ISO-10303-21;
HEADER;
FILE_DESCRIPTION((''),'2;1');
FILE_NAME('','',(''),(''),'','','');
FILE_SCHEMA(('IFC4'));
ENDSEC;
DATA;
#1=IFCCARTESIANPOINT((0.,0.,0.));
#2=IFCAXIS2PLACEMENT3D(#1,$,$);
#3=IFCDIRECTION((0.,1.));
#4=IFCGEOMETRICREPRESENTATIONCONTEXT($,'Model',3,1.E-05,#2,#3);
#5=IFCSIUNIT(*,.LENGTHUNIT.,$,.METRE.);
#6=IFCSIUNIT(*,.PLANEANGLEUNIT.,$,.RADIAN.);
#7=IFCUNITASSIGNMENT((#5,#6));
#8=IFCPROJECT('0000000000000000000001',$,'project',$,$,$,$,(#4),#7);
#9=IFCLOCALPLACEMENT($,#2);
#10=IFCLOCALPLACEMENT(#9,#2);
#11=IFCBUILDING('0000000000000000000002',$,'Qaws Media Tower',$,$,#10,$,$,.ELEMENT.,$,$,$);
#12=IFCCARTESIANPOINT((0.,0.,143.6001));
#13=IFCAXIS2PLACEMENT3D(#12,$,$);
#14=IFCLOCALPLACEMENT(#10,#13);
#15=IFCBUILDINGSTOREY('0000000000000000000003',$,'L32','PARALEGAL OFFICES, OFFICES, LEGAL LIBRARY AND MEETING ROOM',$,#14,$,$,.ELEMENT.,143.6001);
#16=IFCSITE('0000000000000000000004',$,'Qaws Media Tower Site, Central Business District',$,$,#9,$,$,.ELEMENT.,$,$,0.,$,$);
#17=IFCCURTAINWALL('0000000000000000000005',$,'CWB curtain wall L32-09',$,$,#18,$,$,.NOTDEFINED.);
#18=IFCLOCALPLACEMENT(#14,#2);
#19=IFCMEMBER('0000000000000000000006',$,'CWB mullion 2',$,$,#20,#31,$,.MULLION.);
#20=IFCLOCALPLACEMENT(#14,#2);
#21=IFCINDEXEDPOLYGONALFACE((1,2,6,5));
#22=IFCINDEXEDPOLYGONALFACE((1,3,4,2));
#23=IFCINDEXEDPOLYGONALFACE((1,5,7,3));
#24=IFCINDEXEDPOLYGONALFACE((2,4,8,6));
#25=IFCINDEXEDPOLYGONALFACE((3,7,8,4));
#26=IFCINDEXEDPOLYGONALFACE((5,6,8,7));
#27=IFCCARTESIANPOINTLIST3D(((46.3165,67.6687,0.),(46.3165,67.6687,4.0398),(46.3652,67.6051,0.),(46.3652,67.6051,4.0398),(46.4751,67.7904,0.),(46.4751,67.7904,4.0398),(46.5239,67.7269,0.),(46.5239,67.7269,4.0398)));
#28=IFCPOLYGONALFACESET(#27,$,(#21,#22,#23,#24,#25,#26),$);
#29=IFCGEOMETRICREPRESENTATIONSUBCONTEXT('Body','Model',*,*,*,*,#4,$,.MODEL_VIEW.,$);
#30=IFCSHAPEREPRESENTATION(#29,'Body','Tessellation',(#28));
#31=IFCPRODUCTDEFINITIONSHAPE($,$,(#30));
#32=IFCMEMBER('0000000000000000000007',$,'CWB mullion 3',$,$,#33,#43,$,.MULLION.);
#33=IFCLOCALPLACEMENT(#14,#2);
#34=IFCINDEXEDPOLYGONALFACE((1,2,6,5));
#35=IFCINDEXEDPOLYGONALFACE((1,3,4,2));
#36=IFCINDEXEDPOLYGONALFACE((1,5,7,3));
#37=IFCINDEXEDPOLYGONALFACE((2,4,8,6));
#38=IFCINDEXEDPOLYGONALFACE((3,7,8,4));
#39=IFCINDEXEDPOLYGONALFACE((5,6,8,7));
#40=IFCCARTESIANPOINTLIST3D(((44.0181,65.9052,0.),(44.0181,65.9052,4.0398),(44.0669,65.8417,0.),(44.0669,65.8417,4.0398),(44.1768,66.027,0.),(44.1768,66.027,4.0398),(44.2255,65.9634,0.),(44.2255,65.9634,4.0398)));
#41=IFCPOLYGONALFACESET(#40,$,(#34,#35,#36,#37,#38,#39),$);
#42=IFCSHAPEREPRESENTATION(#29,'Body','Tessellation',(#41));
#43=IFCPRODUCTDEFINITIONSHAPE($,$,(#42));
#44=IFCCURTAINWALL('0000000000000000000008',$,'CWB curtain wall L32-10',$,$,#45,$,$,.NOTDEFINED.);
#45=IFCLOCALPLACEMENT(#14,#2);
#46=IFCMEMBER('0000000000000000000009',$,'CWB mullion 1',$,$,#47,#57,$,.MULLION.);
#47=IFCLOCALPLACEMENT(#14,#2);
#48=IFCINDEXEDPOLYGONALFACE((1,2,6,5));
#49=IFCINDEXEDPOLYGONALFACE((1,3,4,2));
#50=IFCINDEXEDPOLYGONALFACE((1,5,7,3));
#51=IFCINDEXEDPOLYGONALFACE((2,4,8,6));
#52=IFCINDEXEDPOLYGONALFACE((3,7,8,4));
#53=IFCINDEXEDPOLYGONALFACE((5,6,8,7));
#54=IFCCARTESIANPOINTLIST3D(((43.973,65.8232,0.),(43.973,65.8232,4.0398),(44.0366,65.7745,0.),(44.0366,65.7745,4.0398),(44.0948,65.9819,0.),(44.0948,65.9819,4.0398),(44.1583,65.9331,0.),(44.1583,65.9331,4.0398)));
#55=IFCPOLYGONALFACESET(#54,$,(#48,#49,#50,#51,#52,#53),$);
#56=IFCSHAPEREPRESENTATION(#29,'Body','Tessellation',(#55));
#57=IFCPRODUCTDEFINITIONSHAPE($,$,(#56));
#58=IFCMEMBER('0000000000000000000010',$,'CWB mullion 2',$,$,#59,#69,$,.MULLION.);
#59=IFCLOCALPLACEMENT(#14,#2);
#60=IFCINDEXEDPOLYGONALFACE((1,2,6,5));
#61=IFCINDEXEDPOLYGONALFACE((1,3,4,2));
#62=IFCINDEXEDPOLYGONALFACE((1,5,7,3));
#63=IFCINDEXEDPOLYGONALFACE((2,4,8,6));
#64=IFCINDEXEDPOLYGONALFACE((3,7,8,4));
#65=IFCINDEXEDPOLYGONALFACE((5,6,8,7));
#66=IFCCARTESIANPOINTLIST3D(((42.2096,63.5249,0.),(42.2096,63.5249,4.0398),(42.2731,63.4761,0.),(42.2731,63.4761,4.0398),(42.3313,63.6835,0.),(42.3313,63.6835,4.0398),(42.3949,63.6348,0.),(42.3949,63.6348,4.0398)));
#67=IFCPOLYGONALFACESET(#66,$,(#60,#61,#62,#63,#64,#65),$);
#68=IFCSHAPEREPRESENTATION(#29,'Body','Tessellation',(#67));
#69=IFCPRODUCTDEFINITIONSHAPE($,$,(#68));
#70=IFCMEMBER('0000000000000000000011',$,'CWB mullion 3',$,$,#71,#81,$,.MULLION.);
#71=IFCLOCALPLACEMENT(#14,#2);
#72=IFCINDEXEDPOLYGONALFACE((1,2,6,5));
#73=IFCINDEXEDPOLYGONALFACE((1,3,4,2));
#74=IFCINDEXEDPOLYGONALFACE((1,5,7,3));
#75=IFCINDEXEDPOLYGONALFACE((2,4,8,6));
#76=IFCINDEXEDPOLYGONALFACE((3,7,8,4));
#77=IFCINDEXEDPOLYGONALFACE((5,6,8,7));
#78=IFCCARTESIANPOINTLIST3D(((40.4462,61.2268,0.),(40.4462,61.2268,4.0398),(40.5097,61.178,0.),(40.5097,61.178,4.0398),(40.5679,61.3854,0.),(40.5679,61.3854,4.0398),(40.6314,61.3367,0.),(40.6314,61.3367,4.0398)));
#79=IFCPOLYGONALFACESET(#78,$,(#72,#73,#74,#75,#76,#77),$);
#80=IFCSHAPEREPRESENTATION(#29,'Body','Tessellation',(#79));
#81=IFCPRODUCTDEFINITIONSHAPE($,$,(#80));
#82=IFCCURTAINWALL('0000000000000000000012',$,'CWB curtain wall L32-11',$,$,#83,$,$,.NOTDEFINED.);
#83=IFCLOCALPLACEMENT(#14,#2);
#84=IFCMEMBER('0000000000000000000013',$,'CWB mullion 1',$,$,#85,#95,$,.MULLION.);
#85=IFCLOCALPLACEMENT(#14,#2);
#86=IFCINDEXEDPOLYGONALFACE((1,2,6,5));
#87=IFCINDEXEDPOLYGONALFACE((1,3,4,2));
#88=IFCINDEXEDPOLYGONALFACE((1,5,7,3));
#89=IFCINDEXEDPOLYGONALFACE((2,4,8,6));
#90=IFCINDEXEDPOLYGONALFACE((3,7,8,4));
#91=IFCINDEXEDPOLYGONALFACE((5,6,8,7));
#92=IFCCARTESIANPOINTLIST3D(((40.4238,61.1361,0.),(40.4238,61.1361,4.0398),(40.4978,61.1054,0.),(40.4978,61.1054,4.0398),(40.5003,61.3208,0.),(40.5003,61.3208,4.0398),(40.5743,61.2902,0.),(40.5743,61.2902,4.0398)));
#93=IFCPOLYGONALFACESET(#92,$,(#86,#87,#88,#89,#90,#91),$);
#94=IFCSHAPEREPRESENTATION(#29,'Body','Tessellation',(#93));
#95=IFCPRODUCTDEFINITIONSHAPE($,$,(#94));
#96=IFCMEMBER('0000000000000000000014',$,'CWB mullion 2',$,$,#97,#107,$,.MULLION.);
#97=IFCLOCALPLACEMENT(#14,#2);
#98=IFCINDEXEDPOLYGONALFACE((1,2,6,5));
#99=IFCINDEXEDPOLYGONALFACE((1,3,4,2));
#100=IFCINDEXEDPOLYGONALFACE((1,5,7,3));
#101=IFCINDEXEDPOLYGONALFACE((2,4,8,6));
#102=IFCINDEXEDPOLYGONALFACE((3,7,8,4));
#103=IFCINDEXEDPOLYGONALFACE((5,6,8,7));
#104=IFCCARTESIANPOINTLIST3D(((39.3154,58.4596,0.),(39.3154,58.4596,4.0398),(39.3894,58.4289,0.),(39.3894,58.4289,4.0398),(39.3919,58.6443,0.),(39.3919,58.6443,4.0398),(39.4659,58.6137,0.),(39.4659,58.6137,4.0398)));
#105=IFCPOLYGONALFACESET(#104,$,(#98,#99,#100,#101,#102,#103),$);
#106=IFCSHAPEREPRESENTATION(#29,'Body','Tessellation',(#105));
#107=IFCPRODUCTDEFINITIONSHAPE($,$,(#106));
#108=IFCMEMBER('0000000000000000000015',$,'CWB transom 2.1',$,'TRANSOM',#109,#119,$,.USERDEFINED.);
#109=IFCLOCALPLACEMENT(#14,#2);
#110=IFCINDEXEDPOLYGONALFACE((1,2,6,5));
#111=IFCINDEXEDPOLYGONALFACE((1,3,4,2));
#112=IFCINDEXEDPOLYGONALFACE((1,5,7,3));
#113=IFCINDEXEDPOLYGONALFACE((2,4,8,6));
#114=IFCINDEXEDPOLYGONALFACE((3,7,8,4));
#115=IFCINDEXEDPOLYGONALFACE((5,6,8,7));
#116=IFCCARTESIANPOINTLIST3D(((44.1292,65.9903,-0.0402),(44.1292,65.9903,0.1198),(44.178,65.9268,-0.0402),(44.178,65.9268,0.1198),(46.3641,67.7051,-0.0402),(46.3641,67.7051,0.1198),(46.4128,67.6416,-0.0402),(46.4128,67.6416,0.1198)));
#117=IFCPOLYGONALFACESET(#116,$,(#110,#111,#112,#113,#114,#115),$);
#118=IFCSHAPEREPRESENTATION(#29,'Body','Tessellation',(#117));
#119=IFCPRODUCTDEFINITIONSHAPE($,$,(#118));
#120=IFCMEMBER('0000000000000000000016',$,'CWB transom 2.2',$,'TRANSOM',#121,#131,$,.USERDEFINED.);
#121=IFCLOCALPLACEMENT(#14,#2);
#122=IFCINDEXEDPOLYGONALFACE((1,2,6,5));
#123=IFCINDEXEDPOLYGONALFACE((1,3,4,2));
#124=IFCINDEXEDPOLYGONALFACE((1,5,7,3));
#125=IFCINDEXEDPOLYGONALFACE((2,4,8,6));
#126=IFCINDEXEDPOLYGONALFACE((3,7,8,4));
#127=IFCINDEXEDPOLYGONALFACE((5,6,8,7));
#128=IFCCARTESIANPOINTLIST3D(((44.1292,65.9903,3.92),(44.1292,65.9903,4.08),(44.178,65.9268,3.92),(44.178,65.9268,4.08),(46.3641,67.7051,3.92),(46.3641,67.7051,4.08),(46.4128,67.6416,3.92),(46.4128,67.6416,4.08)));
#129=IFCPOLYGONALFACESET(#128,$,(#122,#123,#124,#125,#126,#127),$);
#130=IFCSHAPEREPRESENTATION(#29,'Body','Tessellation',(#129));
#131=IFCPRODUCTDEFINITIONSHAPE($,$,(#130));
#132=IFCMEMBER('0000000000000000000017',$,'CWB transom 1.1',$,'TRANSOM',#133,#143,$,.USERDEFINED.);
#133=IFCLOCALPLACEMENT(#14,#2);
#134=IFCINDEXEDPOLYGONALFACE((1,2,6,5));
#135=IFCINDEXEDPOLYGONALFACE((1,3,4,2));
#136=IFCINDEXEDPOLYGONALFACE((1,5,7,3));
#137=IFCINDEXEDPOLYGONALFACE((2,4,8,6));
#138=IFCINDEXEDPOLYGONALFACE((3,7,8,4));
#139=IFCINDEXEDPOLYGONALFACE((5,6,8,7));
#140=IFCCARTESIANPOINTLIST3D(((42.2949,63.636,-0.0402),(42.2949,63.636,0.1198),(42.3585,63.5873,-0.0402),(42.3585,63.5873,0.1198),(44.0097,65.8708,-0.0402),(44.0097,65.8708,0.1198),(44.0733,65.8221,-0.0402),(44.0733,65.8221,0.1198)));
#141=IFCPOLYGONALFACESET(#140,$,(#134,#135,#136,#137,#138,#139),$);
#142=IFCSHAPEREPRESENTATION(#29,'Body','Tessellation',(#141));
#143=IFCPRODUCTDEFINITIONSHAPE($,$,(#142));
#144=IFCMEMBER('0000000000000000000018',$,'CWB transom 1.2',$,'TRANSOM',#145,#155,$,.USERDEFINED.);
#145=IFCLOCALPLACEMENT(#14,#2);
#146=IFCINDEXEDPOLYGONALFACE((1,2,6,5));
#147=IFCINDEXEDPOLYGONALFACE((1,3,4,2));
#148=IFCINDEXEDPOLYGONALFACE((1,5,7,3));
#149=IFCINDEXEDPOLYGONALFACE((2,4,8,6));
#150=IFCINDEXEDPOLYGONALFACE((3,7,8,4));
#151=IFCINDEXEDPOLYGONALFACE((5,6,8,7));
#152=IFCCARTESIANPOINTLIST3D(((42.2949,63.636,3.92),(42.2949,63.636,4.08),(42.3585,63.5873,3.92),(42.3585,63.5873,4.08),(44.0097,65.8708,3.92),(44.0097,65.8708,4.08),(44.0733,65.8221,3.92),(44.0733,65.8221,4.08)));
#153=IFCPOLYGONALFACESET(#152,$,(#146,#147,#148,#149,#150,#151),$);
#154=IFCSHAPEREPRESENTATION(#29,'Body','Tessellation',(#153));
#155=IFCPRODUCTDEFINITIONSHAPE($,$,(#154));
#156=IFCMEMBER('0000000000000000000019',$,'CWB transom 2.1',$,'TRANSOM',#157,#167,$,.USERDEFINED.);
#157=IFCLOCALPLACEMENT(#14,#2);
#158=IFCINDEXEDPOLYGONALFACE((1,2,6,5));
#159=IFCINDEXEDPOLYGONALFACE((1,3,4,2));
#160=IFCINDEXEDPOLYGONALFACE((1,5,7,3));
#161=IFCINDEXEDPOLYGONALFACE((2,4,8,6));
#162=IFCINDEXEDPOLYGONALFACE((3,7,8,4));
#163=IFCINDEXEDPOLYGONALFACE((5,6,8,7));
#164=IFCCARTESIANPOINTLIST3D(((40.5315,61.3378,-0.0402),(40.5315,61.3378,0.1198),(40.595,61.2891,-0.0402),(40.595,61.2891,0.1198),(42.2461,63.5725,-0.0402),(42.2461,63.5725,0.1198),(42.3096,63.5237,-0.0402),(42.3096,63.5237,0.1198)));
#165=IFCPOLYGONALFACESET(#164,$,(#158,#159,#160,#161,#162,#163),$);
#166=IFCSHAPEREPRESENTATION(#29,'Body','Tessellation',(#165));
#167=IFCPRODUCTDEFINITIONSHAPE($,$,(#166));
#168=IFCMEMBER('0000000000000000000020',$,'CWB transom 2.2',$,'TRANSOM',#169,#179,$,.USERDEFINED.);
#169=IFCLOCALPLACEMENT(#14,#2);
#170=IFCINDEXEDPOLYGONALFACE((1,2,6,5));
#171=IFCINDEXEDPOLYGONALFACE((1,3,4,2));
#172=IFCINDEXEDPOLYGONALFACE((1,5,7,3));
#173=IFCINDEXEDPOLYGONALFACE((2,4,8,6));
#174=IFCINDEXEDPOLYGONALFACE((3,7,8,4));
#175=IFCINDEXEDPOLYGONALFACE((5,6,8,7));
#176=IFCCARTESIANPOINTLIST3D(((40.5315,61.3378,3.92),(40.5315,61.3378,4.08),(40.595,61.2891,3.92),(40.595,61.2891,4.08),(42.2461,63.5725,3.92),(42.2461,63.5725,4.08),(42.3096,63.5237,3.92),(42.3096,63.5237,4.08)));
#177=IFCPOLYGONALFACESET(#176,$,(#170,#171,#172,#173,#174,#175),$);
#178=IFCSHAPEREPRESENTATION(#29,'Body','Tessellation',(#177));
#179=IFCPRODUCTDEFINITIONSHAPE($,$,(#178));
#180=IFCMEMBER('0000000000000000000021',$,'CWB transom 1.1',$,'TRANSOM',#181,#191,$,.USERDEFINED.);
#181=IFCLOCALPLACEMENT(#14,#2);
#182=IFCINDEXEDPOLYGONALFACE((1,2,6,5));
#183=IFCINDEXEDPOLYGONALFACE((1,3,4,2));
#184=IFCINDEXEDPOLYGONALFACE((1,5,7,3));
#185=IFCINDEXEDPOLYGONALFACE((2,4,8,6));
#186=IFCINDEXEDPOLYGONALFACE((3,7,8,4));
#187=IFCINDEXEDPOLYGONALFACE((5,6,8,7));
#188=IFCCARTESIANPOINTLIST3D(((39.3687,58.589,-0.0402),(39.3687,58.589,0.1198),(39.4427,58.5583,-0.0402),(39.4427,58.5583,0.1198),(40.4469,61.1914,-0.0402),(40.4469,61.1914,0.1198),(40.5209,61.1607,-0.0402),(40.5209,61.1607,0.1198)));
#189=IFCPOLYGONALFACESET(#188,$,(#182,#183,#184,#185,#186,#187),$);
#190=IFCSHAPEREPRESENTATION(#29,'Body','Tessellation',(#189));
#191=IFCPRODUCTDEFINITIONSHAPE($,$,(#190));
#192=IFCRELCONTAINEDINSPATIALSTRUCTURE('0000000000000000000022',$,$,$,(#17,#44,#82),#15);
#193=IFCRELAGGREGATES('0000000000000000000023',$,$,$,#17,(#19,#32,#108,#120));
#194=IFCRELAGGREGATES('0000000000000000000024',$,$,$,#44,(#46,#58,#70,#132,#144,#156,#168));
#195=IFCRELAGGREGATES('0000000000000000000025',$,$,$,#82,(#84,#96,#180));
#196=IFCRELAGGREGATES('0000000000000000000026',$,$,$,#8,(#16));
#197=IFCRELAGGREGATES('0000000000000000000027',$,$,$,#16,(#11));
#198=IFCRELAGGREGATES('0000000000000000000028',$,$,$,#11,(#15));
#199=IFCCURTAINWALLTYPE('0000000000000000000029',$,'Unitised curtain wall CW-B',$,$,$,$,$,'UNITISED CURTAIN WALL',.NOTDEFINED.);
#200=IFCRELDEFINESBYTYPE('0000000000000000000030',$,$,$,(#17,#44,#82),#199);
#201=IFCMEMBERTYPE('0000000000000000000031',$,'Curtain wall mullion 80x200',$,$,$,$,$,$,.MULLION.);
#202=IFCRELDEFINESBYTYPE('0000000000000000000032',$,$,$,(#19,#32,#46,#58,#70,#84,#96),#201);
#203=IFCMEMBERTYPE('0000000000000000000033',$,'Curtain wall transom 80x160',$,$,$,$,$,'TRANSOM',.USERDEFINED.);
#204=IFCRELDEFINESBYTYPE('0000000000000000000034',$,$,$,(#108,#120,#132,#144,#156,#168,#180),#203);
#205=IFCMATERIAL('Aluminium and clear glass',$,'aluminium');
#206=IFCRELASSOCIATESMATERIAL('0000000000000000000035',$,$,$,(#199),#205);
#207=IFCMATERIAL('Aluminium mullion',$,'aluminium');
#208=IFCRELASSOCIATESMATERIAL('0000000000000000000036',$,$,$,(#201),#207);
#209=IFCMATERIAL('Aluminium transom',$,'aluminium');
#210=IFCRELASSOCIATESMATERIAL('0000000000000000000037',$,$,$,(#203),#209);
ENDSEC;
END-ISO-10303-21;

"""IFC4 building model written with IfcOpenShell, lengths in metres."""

from ifc_helpers import new_model, si_unit, direction, frame, origin, origin_2d, place, context, subcontext, project, spatial, rectangle, extrude, material, material_profile, profile_set, type_object, element, aggregate, save


model = new_model("IFC4")

# Units and contexts
model_context = context("Model", 3, precision=1e-05, world=origin(), true_north=direction((0.0, 1.0)))
body_context = subcontext(model_context, "Body", "Model", "MODEL_VIEW")
ifc_project = project(units=[si_unit("LENGTHUNIT", "METRE"), si_unit("PLANEANGLEUNIT", "RADIAN")], contexts=[model_context])

# Site, building, storey
site_placement = place(None, origin())
site = spatial("IfcSite", under=ifc_project, at=site_placement, Name="Qaws Media Tower Site, Central Business District", CompositionType="ELEMENT", RefElevation=0.0)
building_placement = place(site_placement, origin())
building = spatial("IfcBuilding", under=site, at=building_placement, Name="Qaws Media Tower", CompositionType="ELEMENT")
storey_placement = place(building_placement, frame((0.0, 0.0, 143.6001)))
storey = spatial("IfcBuildingStorey", under=building, at=storey_placement, Name="L32", Description="PARALEGAL OFFICES, OFFICES, LEGAL LIBRARY AND MEETING ROOM", CompositionType="ELEMENT", Elevation=143.6001)

# Curtain walls, members
ifc_material_1 = material(Name="Aluminium and clear glass", Category="aluminium")
curtain_wall_type = type_object("IfcCurtainWallType", Name="Unitised curtain wall CW-B", ElementType="UNITISED CURTAIN WALL", PredefinedType="NOTDEFINED", material=ifc_material_1)
curtain_wall_1_placement = place(storey_placement, origin())
curtain_wall_1 = element("IfcCurtainWall", 1, at=curtain_wall_1_placement, inside=storey, type_object=curtain_wall_type, Name="CWB curtain wall L32-09", PredefinedType="NOTDEFINED")
ifc_material_2 = material(Name="Aluminium mullion", Category="aluminium")
ifc_material_profile_1 = material_profile(ifc_material_2, rectangle(XDim=0.0801, YDim=0.2, at=origin_2d()), Name="80x200")
ifc_profile_set_1 = profile_set([ifc_material_profile_1], Name="Aluminium mullion")
member_type_1 = type_object("IfcMemberType", Name="Curtain wall mullion 80x200", PredefinedType="MULLION", material=ifc_profile_set_1)
member_1_placement = place(storey_placement, frame((46.4202, 67.6978, 0.0), z_axis=(0.0, 0.0, 1.0), x_axis=(0.608761, -0.793353, 0.0)))
member_1 = element("IfcMember", 2, at=member_1_placement, type_object=member_type_1, Name="CWB mullion 2", PredefinedType="MULLION", context=body_context, shape_type="SweptSolid", body=[
    extrude(rectangle(XDim=0.0801, YDim=0.2, at=origin_2d()), origin(), (0.0, 0.0, 1.0), 4.0398),
])
member_2_placement = place(storey_placement, frame((44.1218, 65.9343, 0.0), z_axis=(0.0, 0.0, 1.0), x_axis=(0.608761, -0.793353, 0.0)))
member_2 = element("IfcMember", 3, at=member_2_placement, type_object=member_type_1, Name="CWB mullion 3", PredefinedType="MULLION", context=body_context, shape_type="SweptSolid", body=[
    extrude(rectangle(XDim=0.0801, YDim=0.2, at=origin_2d()), origin(), (0.0, 0.0, 1.0), 4.0398),
])
curtain_wall_2_placement = place(storey_placement, origin())
curtain_wall_2 = element("IfcCurtainWall", 4, at=curtain_wall_2_placement, inside=storey, type_object=curtain_wall_type, Name="CWB curtain wall L32-10", PredefinedType="NOTDEFINED")
member_3_placement = place(storey_placement, frame((44.0657, 65.8782, 0.0), z_axis=(0.0, 0.0, 1.0), x_axis=(0.793353, -0.608761, 0.0)))
member_3 = element("IfcMember", 5, at=member_3_placement, type_object=member_type_1, Name="CWB mullion 1", PredefinedType="MULLION", context=body_context, shape_type="SweptSolid", body=[
    extrude(rectangle(XDim=0.0801, YDim=0.2, at=origin_2d()), origin(), (0.0, 0.0, 1.0), 4.0398),
])
member_4_placement = place(storey_placement, frame((42.3022, 63.5798, 0.0), z_axis=(0.0, 0.0, 1.0), x_axis=(0.793353, -0.608761, 0.0)))
member_4 = element("IfcMember", 6, at=member_4_placement, type_object=member_type_1, Name="CWB mullion 2", PredefinedType="MULLION", context=body_context, shape_type="SweptSolid", body=[
    extrude(rectangle(XDim=0.0801, YDim=0.2, at=origin_2d()), origin(), (0.0, 0.0, 1.0), 4.0398),
])
member_5_placement = place(storey_placement, frame((40.5388, 61.2817, 0.0), z_axis=(0.0, 0.0, 1.0), x_axis=(0.793353, -0.608761, 0.0)))
member_5 = element("IfcMember", 7, at=member_5_placement, type_object=member_type_1, Name="CWB mullion 3", PredefinedType="MULLION", context=body_context, shape_type="SweptSolid", body=[
    extrude(rectangle(XDim=0.0801, YDim=0.2, at=origin_2d()), origin(), (0.0, 0.0, 1.0), 4.0398),
])
curtain_wall_3_placement = place(storey_placement, origin())
curtain_wall_3 = element("IfcCurtainWall", 8, at=curtain_wall_3_placement, inside=storey, type_object=curtain_wall_type, Name="CWB curtain wall L32-11", PredefinedType="NOTDEFINED")
member_6_placement = place(storey_placement, frame((40.499, 61.2131, 0.0), z_axis=(0.0, 0.0, 1.0), x_axis=(0.92388, -0.382683, 0.0)))
member_6 = element("IfcMember", 9, at=member_6_placement, type_object=member_type_1, Name="CWB mullion 1", PredefinedType="MULLION", context=body_context, shape_type="SweptSolid", body=[
    extrude(rectangle(XDim=0.0801, YDim=0.2, at=origin_2d()), origin(), (0.0, 0.0, 1.0), 4.0398),
])
member_7_placement = place(storey_placement, frame((39.3906, 58.5366, 0.0), z_axis=(0.0, 0.0, 1.0), x_axis=(0.92388, -0.382683, 0.0)))
member_7 = element("IfcMember", 10, at=member_7_placement, type_object=member_type_1, Name="CWB mullion 2", PredefinedType="MULLION", context=body_context, shape_type="SweptSolid", body=[
    extrude(rectangle(XDim=0.0801, YDim=0.2, at=origin_2d()), origin(), (0.0, 0.0, 1.0), 4.0398),
])

# Members
ifc_material_3 = material(Name="Aluminium transom", Category="aluminium")
ifc_material_profile_2 = material_profile(ifc_material_3, rectangle(XDim=0.0801, YDim=0.1599, at=origin_2d()), Name="80x160")
ifc_profile_set_2 = profile_set([ifc_material_profile_2], Name="Aluminium transom")
member_type_2 = type_object("IfcMemberType", Name="Curtain wall transom 80x160", ElementType="TRANSOM", PredefinedType="USERDEFINED", material=ifc_profile_set_2)
member_8_placement = place(storey_placement, frame((46.3884, 67.6733, 0.0398), z_axis=(-0.793358, -0.608755, 0.0), x_axis=(0.608755, -0.793358, 0.0)))
member_8 = element("IfcMember", 11, at=member_8_placement, type_object=member_type_2, Name="CWB transom 2.1", ObjectType="TRANSOM", PredefinedType="USERDEFINED", context=body_context, shape_type="SweptSolid", body=[
    extrude(rectangle(XDim=0.0801, YDim=0.1599, at=origin_2d()), origin(), (0.0, 0.0, 1.0), 2.8169),
])
member_9_placement = place(storey_placement, frame((46.3884, 67.6733, 4.0), z_axis=(-0.793358, -0.608755, 0.0), x_axis=(0.608755, -0.793358, 0.0)))
member_9 = element("IfcMember", 12, at=member_9_placement, type_object=member_type_2, Name="CWB transom 2.2", ObjectType="TRANSOM", PredefinedType="USERDEFINED", context=body_context, shape_type="SweptSolid", body=[
    extrude(rectangle(XDim=0.0801, YDim=0.1599, at=origin_2d()), origin(), (0.0, 0.0, 1.0), 2.8169),
])
member_10_placement = place(storey_placement, frame((44.0415, 65.8464, 0.0398), z_axis=(-0.608755, -0.793358, 0.0), x_axis=(0.793358, -0.608755, 0.0)))
member_10 = element("IfcMember", 13, at=member_10_placement, type_object=member_type_2, Name="CWB transom 1.1", ObjectType="TRANSOM", PredefinedType="USERDEFINED", context=body_context, shape_type="SweptSolid", body=[
    extrude(rectangle(XDim=0.0801, YDim=0.1599, at=origin_2d()), origin(), (0.0, 0.0, 1.0), 2.8169),
])
member_11_placement = place(storey_placement, frame((44.0415, 65.8464, 4.0), z_axis=(-0.608755, -0.793358, 0.0), x_axis=(0.793358, -0.608755, 0.0)))
member_11 = element("IfcMember", 14, at=member_11_placement, type_object=member_type_2, Name="CWB transom 1.2", ObjectType="TRANSOM", PredefinedType="USERDEFINED", context=body_context, shape_type="SweptSolid", body=[
    extrude(rectangle(XDim=0.0801, YDim=0.1599, at=origin_2d()), origin(), (0.0, 0.0, 1.0), 2.8169),
])
member_12_placement = place(storey_placement, frame((42.2778, 63.5481, 0.0398), z_axis=(-0.608743, -0.793368, 0.0), x_axis=(0.793368, -0.608743, 0.0)))
member_12 = element("IfcMember", 15, at=member_12_placement, type_object=member_type_2, Name="CWB transom 2.1", ObjectType="TRANSOM", PredefinedType="USERDEFINED", context=body_context, shape_type="SweptSolid", body=[
    extrude(rectangle(XDim=0.0801, YDim=0.1599, at=origin_2d()), origin(), (0.0, 0.0, 1.0), 2.8167),
])
member_13_placement = place(storey_placement, frame((42.2778, 63.5481, 4.0), z_axis=(-0.608743, -0.793368, 0.0), x_axis=(0.793368, -0.608743, 0.0)))
member_13 = element("IfcMember", 16, at=member_13_placement, type_object=member_type_2, Name="CWB transom 2.2", ObjectType="TRANSOM", PredefinedType="USERDEFINED", context=body_context, shape_type="SweptSolid", body=[
    extrude(rectangle(XDim=0.0801, YDim=0.1599, at=origin_2d()), origin(), (0.0, 0.0, 1.0), 2.8167),
])
member_14_placement = place(storey_placement, frame((40.4839, 61.176, 0.0398), z_axis=(-0.38275, -0.923852, 0.0), x_axis=(0.923852, -0.38275, 0.0)))
member_14 = element("IfcMember", 17, at=member_14_placement, type_object=member_type_2, Name="CWB transom 1.1", ObjectType="TRANSOM", PredefinedType="USERDEFINED", context=body_context, shape_type="SweptSolid", body=[
    extrude(rectangle(XDim=0.0801, YDim=0.1599, at=origin_2d()), origin(), (0.0, 0.0, 1.0), 2.8169),
])

aggregate(curtain_wall_1, [member_1, member_2, member_8, member_9])
aggregate(curtain_wall_2, [member_3, member_4, member_5, member_10, member_11, member_12, member_13])
aggregate(curtain_wall_3, [member_6, member_7, member_14])

save(model, "model.ifc")
